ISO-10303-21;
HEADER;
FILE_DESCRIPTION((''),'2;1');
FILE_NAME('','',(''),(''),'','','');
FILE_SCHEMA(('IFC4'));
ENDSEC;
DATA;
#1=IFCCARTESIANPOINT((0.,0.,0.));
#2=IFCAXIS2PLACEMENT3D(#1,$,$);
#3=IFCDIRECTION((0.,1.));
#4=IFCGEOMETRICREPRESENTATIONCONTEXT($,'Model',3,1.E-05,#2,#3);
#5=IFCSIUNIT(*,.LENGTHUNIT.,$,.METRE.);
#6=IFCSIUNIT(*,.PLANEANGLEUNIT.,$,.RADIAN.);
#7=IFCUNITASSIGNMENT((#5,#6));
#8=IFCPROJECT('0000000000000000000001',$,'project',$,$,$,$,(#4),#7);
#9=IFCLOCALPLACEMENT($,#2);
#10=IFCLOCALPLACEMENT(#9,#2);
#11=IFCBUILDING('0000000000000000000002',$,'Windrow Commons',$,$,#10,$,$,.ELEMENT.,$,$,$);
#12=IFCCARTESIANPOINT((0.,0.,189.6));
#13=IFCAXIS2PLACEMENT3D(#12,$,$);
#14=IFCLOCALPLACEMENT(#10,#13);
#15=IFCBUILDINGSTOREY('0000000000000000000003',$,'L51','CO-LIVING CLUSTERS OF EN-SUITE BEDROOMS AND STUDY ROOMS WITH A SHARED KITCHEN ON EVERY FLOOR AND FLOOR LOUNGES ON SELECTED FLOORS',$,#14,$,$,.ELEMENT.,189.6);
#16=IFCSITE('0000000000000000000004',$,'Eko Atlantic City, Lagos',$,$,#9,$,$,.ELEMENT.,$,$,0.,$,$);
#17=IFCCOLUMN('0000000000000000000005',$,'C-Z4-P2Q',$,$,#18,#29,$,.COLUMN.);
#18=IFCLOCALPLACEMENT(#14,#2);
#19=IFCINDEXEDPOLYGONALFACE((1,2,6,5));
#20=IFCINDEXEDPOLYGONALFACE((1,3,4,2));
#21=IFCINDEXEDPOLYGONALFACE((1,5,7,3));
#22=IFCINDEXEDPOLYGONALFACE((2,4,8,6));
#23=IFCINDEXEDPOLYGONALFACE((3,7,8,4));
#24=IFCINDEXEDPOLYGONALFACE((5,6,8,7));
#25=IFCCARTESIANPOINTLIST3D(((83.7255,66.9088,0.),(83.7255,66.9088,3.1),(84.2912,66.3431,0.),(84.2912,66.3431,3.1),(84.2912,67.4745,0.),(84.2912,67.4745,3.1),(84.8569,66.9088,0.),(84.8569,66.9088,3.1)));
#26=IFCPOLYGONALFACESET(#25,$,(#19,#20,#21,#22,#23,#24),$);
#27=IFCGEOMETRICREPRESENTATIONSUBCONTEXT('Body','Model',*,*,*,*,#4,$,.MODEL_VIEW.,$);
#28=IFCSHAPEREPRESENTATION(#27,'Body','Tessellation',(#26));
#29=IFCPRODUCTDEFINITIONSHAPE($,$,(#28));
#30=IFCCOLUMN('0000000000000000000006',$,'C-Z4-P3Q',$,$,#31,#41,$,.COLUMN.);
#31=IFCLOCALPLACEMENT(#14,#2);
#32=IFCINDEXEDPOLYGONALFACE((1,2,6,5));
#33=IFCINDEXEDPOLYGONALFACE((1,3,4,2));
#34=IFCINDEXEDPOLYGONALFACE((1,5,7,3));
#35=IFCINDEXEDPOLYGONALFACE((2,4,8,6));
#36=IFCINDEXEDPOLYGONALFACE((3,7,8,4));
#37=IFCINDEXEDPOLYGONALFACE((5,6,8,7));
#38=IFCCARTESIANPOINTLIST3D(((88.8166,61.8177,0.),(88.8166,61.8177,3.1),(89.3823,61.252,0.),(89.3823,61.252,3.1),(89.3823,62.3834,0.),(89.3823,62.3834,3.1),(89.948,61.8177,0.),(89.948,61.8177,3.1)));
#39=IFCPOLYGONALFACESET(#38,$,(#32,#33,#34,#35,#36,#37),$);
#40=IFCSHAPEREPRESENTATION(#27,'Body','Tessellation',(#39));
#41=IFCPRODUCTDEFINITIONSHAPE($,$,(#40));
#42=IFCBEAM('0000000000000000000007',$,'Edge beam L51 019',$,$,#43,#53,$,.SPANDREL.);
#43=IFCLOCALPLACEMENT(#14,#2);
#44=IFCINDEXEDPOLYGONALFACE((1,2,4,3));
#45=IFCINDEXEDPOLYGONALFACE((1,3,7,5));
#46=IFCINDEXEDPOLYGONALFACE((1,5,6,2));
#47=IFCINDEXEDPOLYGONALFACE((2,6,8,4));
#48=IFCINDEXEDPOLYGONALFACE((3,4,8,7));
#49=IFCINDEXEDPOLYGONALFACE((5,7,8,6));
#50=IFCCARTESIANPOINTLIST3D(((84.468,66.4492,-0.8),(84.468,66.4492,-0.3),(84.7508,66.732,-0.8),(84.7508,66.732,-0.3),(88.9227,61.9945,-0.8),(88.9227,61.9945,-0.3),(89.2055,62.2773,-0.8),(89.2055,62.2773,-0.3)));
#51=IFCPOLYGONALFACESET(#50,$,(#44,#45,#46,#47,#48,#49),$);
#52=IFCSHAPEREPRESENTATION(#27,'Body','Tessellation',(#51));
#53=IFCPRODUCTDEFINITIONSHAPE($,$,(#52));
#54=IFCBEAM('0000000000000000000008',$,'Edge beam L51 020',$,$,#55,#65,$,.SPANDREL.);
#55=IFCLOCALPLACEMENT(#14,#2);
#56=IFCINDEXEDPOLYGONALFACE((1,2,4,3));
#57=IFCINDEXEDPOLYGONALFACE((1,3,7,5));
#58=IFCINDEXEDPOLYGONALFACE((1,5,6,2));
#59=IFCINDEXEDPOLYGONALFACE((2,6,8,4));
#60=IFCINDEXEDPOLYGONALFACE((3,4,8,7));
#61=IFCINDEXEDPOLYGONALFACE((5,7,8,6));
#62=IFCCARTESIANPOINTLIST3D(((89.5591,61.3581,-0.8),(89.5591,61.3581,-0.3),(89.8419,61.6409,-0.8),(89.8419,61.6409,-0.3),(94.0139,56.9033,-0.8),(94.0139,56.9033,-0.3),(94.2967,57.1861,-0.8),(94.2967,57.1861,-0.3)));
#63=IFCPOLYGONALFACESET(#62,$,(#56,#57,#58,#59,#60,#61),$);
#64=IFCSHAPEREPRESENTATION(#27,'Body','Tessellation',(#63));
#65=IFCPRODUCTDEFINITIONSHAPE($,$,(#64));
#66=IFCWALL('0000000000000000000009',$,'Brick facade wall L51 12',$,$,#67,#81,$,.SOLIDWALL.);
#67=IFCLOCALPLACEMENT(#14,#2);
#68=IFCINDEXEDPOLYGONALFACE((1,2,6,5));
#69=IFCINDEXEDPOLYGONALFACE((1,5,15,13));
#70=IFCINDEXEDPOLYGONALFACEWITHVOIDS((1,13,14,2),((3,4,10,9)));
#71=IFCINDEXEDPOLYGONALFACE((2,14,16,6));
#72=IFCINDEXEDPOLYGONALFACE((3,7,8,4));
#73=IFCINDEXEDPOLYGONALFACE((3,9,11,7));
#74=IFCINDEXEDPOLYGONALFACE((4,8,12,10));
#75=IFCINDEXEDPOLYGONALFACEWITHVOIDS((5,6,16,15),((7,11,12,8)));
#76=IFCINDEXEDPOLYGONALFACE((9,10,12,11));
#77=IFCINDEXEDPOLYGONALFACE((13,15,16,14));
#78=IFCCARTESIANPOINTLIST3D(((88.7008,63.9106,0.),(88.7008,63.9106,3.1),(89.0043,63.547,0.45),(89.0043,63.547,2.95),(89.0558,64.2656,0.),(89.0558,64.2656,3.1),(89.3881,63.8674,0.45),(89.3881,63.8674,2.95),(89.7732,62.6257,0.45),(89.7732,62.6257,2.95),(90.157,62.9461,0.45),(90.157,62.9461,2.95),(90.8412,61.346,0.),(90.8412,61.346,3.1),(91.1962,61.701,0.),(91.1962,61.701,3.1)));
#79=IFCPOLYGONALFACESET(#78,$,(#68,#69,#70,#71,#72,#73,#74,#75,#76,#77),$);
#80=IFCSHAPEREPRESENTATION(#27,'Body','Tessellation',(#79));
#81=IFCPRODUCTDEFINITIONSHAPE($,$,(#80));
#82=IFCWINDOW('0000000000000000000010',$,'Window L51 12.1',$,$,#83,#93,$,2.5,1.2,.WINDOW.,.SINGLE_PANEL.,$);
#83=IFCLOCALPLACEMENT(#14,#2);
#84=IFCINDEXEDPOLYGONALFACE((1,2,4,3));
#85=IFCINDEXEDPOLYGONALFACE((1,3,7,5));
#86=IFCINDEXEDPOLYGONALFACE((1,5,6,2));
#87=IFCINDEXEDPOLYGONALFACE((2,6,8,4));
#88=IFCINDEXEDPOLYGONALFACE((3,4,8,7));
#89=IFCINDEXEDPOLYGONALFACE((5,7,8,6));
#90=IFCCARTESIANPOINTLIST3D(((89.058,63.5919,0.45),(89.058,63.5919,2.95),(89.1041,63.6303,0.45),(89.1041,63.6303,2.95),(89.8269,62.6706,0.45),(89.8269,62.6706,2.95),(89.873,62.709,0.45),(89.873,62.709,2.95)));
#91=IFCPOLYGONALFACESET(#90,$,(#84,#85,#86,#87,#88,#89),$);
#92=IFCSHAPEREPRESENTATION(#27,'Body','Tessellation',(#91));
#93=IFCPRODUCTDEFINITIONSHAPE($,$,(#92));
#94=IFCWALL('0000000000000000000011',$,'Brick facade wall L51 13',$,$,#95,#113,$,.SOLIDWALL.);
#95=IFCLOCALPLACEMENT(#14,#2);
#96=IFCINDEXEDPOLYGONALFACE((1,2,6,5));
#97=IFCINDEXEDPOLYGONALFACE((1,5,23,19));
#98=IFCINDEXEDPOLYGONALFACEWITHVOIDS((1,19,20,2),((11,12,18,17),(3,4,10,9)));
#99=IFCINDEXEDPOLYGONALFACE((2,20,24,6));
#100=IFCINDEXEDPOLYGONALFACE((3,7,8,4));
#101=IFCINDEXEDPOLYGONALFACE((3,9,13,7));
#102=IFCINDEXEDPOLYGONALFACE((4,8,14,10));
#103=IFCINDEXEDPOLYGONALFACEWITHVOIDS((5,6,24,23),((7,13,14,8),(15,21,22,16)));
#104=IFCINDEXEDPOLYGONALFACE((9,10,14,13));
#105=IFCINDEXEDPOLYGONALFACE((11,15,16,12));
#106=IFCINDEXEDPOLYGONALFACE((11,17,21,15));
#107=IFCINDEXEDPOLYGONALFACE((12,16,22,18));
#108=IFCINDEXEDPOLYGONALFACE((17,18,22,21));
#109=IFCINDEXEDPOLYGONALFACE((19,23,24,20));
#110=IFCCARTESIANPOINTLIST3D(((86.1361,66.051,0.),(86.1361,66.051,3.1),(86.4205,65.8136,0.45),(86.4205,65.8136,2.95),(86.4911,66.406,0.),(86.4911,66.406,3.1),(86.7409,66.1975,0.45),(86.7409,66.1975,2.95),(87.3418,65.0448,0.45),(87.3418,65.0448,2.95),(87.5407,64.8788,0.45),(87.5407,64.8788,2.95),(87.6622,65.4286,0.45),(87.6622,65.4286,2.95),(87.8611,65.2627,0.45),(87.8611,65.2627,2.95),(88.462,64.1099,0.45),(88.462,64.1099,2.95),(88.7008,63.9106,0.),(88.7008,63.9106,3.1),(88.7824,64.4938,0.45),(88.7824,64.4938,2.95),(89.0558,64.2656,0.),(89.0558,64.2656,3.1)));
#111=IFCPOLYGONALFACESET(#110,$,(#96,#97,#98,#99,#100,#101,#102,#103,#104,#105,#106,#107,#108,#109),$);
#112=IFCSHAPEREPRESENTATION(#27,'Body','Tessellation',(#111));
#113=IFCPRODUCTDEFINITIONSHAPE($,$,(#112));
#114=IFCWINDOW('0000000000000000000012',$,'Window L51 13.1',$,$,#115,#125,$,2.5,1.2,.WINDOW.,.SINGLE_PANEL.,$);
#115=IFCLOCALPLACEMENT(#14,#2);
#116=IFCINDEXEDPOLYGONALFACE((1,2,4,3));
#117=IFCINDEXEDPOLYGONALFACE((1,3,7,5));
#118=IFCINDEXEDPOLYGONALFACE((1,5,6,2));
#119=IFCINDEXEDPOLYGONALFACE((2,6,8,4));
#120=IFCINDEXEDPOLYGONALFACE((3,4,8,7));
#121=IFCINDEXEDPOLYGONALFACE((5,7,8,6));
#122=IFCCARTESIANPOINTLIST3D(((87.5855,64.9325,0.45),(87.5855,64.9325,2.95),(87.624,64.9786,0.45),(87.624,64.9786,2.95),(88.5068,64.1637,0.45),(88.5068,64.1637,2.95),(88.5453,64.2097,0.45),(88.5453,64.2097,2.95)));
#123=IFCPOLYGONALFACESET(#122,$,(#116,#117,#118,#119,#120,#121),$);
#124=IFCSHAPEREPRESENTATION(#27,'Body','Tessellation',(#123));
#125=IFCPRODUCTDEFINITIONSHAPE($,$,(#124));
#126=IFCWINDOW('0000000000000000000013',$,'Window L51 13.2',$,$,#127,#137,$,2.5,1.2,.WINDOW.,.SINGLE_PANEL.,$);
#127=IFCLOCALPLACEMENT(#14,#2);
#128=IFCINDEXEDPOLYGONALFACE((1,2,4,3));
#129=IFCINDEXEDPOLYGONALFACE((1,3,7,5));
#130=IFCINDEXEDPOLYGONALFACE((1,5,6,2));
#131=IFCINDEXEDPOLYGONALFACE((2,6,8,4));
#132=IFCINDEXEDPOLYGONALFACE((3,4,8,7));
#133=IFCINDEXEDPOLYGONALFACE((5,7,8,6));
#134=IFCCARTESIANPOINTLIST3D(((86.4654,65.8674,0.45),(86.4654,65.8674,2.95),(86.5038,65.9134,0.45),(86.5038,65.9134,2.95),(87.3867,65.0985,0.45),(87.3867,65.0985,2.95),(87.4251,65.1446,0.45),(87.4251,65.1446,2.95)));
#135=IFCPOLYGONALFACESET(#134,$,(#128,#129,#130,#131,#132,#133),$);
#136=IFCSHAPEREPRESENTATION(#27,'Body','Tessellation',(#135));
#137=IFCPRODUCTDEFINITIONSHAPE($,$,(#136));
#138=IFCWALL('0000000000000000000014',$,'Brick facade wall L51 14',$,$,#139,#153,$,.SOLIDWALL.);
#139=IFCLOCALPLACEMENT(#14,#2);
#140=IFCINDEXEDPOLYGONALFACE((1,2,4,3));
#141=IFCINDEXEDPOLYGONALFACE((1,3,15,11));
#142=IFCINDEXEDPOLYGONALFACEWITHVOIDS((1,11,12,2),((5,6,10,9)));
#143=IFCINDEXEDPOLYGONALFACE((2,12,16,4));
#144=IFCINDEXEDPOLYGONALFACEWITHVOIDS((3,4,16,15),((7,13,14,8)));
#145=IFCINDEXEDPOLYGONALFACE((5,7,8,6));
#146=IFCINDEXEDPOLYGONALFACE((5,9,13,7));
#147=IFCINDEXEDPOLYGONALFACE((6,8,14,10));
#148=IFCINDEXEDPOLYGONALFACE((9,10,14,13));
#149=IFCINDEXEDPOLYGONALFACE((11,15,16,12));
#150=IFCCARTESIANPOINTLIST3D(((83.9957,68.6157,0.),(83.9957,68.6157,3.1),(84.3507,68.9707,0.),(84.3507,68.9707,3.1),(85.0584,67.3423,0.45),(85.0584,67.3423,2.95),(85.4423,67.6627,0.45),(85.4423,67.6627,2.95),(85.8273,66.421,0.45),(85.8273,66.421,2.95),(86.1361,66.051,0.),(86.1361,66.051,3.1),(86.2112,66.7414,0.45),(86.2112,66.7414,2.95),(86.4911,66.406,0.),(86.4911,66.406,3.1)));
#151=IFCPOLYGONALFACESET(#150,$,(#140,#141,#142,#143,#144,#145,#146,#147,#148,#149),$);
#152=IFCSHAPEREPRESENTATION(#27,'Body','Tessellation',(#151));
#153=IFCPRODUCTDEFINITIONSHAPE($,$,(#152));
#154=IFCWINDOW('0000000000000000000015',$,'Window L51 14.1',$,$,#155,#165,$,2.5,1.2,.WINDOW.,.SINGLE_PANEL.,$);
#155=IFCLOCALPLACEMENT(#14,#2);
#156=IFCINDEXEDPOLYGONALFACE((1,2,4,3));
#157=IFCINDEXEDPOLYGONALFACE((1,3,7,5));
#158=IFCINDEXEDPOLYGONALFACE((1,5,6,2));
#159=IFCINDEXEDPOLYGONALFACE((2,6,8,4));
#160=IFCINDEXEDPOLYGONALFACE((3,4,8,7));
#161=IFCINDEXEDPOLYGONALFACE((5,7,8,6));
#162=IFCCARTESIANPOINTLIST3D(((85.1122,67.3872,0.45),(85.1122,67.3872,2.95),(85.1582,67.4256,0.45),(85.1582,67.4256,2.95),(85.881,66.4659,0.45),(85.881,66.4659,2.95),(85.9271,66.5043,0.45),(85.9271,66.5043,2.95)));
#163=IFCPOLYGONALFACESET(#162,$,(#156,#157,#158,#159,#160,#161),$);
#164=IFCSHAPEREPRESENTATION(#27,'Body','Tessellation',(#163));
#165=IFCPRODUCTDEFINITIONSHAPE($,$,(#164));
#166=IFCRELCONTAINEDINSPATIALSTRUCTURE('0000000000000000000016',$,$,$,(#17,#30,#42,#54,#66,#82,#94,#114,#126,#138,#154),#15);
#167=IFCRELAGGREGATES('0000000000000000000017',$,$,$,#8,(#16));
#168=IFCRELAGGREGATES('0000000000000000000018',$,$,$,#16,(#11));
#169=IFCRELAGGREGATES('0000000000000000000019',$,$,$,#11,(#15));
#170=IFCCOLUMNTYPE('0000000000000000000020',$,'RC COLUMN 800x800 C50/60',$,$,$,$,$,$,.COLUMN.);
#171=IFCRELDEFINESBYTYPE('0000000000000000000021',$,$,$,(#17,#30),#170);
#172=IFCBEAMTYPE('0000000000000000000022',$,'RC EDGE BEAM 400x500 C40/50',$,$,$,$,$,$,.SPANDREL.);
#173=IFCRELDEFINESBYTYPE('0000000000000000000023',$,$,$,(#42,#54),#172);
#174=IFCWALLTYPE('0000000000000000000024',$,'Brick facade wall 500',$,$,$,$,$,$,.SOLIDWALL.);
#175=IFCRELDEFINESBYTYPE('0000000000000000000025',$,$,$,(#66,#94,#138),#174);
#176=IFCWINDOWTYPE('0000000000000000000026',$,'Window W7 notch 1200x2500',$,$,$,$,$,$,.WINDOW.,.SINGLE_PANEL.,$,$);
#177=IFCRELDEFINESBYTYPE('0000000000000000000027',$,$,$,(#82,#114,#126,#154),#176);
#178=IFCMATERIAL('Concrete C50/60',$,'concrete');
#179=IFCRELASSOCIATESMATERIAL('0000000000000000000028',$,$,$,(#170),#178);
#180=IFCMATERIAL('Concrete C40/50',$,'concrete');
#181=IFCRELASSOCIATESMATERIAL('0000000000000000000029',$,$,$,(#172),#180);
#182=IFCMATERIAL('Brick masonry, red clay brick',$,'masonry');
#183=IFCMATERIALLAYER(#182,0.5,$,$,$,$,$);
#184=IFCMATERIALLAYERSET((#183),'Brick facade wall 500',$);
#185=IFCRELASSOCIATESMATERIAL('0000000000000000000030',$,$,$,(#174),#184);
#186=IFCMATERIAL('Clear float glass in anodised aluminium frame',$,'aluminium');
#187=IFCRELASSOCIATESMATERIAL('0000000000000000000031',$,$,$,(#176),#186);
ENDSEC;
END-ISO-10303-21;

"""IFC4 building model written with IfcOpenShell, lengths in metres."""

from ifc_helpers import new_model, si_unit, direction, frame, frame_2d, origin, origin_2d, place, context, subcontext, project, spatial, polyline, rectangle, outline, extrude, material, layer, layer_set, material_profile, profile_set, type_object, element, fill, save


model = new_model("IFC4")

# Units and contexts
model_context = context("Model", 3, precision=1e-05, world=origin(), true_north=direction((0.0, 1.0)))
body_context = subcontext(model_context, "Body", "Model", "MODEL_VIEW")
ifc_project = project(units=[si_unit("LENGTHUNIT", "METRE"), si_unit("PLANEANGLEUNIT", "RADIAN")], contexts=[model_context])

# Site, building, storey
site_placement = place(None, origin())
site = spatial("IfcSite", under=ifc_project, at=site_placement, Name="Eko Atlantic City, Lagos", CompositionType="ELEMENT", RefElevation=0.0)
building_placement = place(site_placement, origin())
building = spatial("IfcBuilding", under=site, at=building_placement, Name="Windrow Commons", CompositionType="ELEMENT")
storey_placement = place(building_placement, frame((0.0, 0.0, 189.6)))
storey = spatial("IfcBuildingStorey", under=building, at=storey_placement, Name="L51", Description="CO-LIVING CLUSTERS OF EN-SUITE BEDROOMS AND STUDY ROOMS WITH A SHARED KITCHEN ON EVERY FLOOR AND FLOOR LOUNGES ON SELECTED FLOORS", CompositionType="ELEMENT", Elevation=189.6)

# Columns
ifc_material_1 = material(Name="Concrete C50/60", Category="concrete")
ifc_material_profile_1 = material_profile(ifc_material_1, rectangle(XDim=0.8, YDim=0.8, at=origin_2d()))
ifc_profile_set_1 = profile_set([ifc_material_profile_1], Name="Concrete C50/60")
column_type = type_object("IfcColumnType", Name="RC COLUMN 800x800 C50/60", PredefinedType="COLUMN", material=ifc_profile_set_1)
for number, where, z_axis, x_axis, name in (
    (1, (84.2912, 66.9088, 0.0), (0.0, 0.0, 1.0), (0.707107, -0.707107, 0.0), "C-Z4-P2Q"),
    (2, (89.3823, 61.8177, 0.0), (0.0, 0.0, 1.0), (0.707107, -0.707107, 0.0), "C-Z4-P3Q"),
):
    element("IfcColumn", number, at=place(storey_placement, frame(where, z_axis=z_axis, x_axis=x_axis)), inside=storey, type_object=column_type, Name=name, PredefinedType="COLUMN", context=body_context, shape_type="SweptSolid", body=[
        extrude(rectangle(XDim=0.8, YDim=0.8, at=origin_2d()), origin(), (0.0, 0.0, 1.0), 3.1),
    ])

# Beams
ifc_material_2 = material(Name="Concrete C40/50", Category="concrete")
ifc_material_profile_2 = material_profile(ifc_material_2, rectangle(XDim=0.4, YDim=0.5, at=origin_2d()))
ifc_profile_set_2 = profile_set([ifc_material_profile_2], Name="Concrete C40/50")
beam_type = type_object("IfcBeamType", Name="RC EDGE BEAM 400x500 C40/50", PredefinedType="SPANDREL", material=ifc_profile_set_2)
beam_1_placement = place(storey_placement, frame((84.6094, 66.5906, -0.55), z_axis=(0.707107, -0.707107, 0.0), x_axis=(0.707107, 0.707107, 0.0)))
element("IfcBeam", 3, at=beam_1_placement, inside=storey, type_object=beam_type, Name="Edge beam L51 019", PredefinedType="SPANDREL", context=body_context, shape_type="SweptSolid", body=[
    extrude(rectangle(XDim=0.4, YDim=0.5, at=origin_2d()), origin(), (0.0, 0.0, 1.0), 6.2999),
])
beam_2_placement = place(storey_placement, frame((89.7005, 61.4995, -0.55), z_axis=(0.707107, -0.707107, 0.0), x_axis=(0.707107, 0.707107, 0.0)))
element("IfcBeam", 4, at=beam_2_placement, inside=storey, type_object=beam_type, Name="Edge beam L51 020", PredefinedType="SPANDREL", context=body_context, shape_type="SweptSolid", body=[
    extrude(rectangle(XDim=0.4, YDim=0.5, at=origin_2d()), origin(), (0.0, 0.0, 1.0), 6.3),
])

# Wall, opening, window
ifc_material_3 = material(Name="Brick masonry, red clay brick", Category="masonry")
ifc_layer_1 = layer(ifc_material_3, 0.5)
ifc_layer_set_1 = layer_set([ifc_layer_1], Name="Brick facade wall 500")
wall_type_1 = type_object("IfcWallType", Name="Brick facade wall 500", PredefinedType="SOLIDWALL", material=ifc_layer_set_1)
wall_1_placement = place(storey_placement, frame((91.0187, 61.5235, 0.0), z_axis=(0.0, 0.0, 1.0), x_axis=(-0.640755, 0.767745, 0.0)))
wall_1 = element("IfcWall", 5, at=wall_1_placement, inside=storey, type_object=wall_type_1, Name="Brick facade wall L51 12", PredefinedType="SOLIDWALL", context=body_context, shape_type="SweptSolid", body=[
    extrude(outline(polyline([(0.0225, -0.25), (3.363, -0.25), (3.3179, 0.25), (-0.0225, 0.25), (0.0225, -0.25)])), origin(), (0.0, 0.0, 1.0), 3.1),
])
opening_1_placement = place(wall_1_placement, frame((1.6443, 0.0, 0.45)))
opening_1 = element("IfcOpeningElement", 6, at=opening_1_placement, cuts=wall_1, PredefinedType="OPENING", context=body_context, shape_type="SweptSolid", body=[
    extrude(rectangle(XDim=1.2, YDim=2.5, at=frame_2d((0.6, 1.25))), frame((0.0, 0.26, 0.0), z_axis=(0.0, -1.0, 0.0), x_axis=(1.0, 0.0, 0.0)), (0.0, 0.0, 1.0), 0.52),
])
ifc_material_4 = material(Name="Clear float glass in anodised aluminium frame", Category="aluminium")
window_type = type_object("IfcWindowType", Name="Window W7 notch 1200x2500", PartitioningType="SINGLE_PANEL", PredefinedType="WINDOW", material=ifc_material_4)
window_1_placement = place(opening_1_placement, origin())
window_1 = element("IfcWindow", 7, at=window_1_placement, inside=storey, type_object=window_type, Name="Window L51 12.1", OverallHeight=2.5, OverallWidth=1.2, PartitioningType="SINGLE_PANEL", PredefinedType="WINDOW", context=body_context, shape_type="SweptSolid", body=[
    extrude(rectangle(XDim=1.2, YDim=2.5, at=frame_2d((0.6, 1.25))), frame((0.0, 0.18, 0.0), z_axis=(0.0, -1.0, 0.0), x_axis=(1.0, 0.0, 0.0)), (0.0, 0.0, 1.0), 0.06),
])
fill(opening_1, window_1)

# Wall, openings, windows
wall_2_placement = place(storey_placement, frame((88.8783, 64.0881, 0.0), z_axis=(0.0, 0.0, 1.0), x_axis=(-0.767757, 0.640741, 0.0)))
wall_2 = element("IfcWall", 8, at=wall_2_placement, inside=storey, type_object=wall_type_1, Name="Brick facade wall L51 13", PredefinedType="SOLIDWALL", context=body_context, shape_type="SweptSolid", body=[
    extrude(outline(polyline([(-0.0225, -0.25), (3.3179, -0.25), (3.363, 0.25), (0.0225, 0.25), (-0.0225, -0.25)])), origin(), (0.0, 0.0, 1.0), 3.1),
])
opening_2_placement = place(wall_2_placement, frame((0.3336, 0.0, 0.45)))
opening_2 = element("IfcOpeningElement", 9, at=opening_2_placement, cuts=wall_2, PredefinedType="OPENING", context=body_context, shape_type="SweptSolid", body=[
    extrude(rectangle(XDim=1.2, YDim=2.5, at=frame_2d((0.6, 1.25))), frame((0.0, 0.26, 0.0), z_axis=(0.0, -1.0, 0.0), x_axis=(1.0, 0.0, 0.0)), (0.0, 0.0, 1.0), 0.52),
])
opening_3_placement = place(wall_2_placement, frame((1.7926, 0.0, 0.45)))
opening_3 = element("IfcOpeningElement", 10, at=opening_3_placement, cuts=wall_2, PredefinedType="OPENING", context=body_context, shape_type="SweptSolid", body=[
    extrude(rectangle(XDim=1.2, YDim=2.5, at=frame_2d((0.6, 1.25))), frame((0.0, 0.26, 0.0), z_axis=(0.0, -1.0, 0.0), x_axis=(1.0, 0.0, 0.0)), (0.0, 0.0, 1.0), 0.52),
])
window_2_placement = place(opening_2_placement, origin())
window_2 = element("IfcWindow", 11, at=window_2_placement, inside=storey, type_object=window_type, Name="Window L51 13.1", OverallHeight=2.5, OverallWidth=1.2, PartitioningType="SINGLE_PANEL", PredefinedType="WINDOW", context=body_context, shape_type="SweptSolid", body=[
    extrude(rectangle(XDim=1.2, YDim=2.5, at=frame_2d((0.6, 1.25))), frame((0.0, 0.18, 0.0), z_axis=(0.0, -1.0, 0.0), x_axis=(1.0, 0.0, 0.0)), (0.0, 0.0, 1.0), 0.06),
])
fill(opening_2, window_2)
window_3_placement = place(opening_3_placement, origin())
window_3 = element("IfcWindow", 12, at=window_3_placement, inside=storey, type_object=window_type, Name="Window L51 13.2", OverallHeight=2.5, OverallWidth=1.2, PartitioningType="SINGLE_PANEL", PredefinedType="WINDOW", context=body_context, shape_type="SweptSolid", body=[
    extrude(rectangle(XDim=1.2, YDim=2.5, at=frame_2d((0.6, 1.25))), frame((0.0, 0.18, 0.0), z_axis=(0.0, -1.0, 0.0), x_axis=(1.0, 0.0, 0.0)), (0.0, 0.0, 1.0), 0.06),
])
fill(opening_3, window_3)

# Wall, opening, window
wall_3_placement = place(storey_placement, frame((86.3136, 66.2285, 0.0), z_axis=(0.0, 0.0, 1.0), x_axis=(-0.640741, 0.767757, 0.0)))
wall_3 = element("IfcWall", 13, at=wall_3_placement, inside=storey, type_object=wall_type_1, Name="Brick facade wall L51 14", PredefinedType="SOLIDWALL", context=body_context, shape_type="SweptSolid", body=[
    extrude(outline(polyline([(0.0225, -0.25), (3.363, -0.25), (3.3179, 0.25), (-0.0225, 0.25), (0.0225, -0.25)])), origin(), (0.0, 0.0, 1.0), 3.1),
])
opening_4_placement = place(wall_3_placement, frame((0.4594, 0.0, 0.45)))
opening_4 = element("IfcOpeningElement", 14, at=opening_4_placement, cuts=wall_3, PredefinedType="OPENING", context=body_context, shape_type="SweptSolid", body=[
    extrude(rectangle(XDim=1.2, YDim=2.5, at=frame_2d((0.6, 1.25))), frame((0.0, 0.26, 0.0), z_axis=(0.0, -1.0, 0.0), x_axis=(1.0, 0.0, 0.0)), (0.0, 0.0, 1.0), 0.52),
])
window_4_placement = place(opening_4_placement, origin())
window_4 = element("IfcWindow", 15, at=window_4_placement, inside=storey, type_object=window_type, Name="Window L51 14.1", OverallHeight=2.5, OverallWidth=1.2, PartitioningType="SINGLE_PANEL", PredefinedType="WINDOW", context=body_context, shape_type="SweptSolid", body=[
    extrude(rectangle(XDim=1.2, YDim=2.5, at=frame_2d((0.6, 1.25))), frame((0.0, 0.18, 0.0), z_axis=(0.0, -1.0, 0.0), x_axis=(1.0, 0.0, 0.0)), (0.0, 0.0, 1.0), 0.06),
])
fill(opening_4, window_4)

save(model, "model.ifc")
